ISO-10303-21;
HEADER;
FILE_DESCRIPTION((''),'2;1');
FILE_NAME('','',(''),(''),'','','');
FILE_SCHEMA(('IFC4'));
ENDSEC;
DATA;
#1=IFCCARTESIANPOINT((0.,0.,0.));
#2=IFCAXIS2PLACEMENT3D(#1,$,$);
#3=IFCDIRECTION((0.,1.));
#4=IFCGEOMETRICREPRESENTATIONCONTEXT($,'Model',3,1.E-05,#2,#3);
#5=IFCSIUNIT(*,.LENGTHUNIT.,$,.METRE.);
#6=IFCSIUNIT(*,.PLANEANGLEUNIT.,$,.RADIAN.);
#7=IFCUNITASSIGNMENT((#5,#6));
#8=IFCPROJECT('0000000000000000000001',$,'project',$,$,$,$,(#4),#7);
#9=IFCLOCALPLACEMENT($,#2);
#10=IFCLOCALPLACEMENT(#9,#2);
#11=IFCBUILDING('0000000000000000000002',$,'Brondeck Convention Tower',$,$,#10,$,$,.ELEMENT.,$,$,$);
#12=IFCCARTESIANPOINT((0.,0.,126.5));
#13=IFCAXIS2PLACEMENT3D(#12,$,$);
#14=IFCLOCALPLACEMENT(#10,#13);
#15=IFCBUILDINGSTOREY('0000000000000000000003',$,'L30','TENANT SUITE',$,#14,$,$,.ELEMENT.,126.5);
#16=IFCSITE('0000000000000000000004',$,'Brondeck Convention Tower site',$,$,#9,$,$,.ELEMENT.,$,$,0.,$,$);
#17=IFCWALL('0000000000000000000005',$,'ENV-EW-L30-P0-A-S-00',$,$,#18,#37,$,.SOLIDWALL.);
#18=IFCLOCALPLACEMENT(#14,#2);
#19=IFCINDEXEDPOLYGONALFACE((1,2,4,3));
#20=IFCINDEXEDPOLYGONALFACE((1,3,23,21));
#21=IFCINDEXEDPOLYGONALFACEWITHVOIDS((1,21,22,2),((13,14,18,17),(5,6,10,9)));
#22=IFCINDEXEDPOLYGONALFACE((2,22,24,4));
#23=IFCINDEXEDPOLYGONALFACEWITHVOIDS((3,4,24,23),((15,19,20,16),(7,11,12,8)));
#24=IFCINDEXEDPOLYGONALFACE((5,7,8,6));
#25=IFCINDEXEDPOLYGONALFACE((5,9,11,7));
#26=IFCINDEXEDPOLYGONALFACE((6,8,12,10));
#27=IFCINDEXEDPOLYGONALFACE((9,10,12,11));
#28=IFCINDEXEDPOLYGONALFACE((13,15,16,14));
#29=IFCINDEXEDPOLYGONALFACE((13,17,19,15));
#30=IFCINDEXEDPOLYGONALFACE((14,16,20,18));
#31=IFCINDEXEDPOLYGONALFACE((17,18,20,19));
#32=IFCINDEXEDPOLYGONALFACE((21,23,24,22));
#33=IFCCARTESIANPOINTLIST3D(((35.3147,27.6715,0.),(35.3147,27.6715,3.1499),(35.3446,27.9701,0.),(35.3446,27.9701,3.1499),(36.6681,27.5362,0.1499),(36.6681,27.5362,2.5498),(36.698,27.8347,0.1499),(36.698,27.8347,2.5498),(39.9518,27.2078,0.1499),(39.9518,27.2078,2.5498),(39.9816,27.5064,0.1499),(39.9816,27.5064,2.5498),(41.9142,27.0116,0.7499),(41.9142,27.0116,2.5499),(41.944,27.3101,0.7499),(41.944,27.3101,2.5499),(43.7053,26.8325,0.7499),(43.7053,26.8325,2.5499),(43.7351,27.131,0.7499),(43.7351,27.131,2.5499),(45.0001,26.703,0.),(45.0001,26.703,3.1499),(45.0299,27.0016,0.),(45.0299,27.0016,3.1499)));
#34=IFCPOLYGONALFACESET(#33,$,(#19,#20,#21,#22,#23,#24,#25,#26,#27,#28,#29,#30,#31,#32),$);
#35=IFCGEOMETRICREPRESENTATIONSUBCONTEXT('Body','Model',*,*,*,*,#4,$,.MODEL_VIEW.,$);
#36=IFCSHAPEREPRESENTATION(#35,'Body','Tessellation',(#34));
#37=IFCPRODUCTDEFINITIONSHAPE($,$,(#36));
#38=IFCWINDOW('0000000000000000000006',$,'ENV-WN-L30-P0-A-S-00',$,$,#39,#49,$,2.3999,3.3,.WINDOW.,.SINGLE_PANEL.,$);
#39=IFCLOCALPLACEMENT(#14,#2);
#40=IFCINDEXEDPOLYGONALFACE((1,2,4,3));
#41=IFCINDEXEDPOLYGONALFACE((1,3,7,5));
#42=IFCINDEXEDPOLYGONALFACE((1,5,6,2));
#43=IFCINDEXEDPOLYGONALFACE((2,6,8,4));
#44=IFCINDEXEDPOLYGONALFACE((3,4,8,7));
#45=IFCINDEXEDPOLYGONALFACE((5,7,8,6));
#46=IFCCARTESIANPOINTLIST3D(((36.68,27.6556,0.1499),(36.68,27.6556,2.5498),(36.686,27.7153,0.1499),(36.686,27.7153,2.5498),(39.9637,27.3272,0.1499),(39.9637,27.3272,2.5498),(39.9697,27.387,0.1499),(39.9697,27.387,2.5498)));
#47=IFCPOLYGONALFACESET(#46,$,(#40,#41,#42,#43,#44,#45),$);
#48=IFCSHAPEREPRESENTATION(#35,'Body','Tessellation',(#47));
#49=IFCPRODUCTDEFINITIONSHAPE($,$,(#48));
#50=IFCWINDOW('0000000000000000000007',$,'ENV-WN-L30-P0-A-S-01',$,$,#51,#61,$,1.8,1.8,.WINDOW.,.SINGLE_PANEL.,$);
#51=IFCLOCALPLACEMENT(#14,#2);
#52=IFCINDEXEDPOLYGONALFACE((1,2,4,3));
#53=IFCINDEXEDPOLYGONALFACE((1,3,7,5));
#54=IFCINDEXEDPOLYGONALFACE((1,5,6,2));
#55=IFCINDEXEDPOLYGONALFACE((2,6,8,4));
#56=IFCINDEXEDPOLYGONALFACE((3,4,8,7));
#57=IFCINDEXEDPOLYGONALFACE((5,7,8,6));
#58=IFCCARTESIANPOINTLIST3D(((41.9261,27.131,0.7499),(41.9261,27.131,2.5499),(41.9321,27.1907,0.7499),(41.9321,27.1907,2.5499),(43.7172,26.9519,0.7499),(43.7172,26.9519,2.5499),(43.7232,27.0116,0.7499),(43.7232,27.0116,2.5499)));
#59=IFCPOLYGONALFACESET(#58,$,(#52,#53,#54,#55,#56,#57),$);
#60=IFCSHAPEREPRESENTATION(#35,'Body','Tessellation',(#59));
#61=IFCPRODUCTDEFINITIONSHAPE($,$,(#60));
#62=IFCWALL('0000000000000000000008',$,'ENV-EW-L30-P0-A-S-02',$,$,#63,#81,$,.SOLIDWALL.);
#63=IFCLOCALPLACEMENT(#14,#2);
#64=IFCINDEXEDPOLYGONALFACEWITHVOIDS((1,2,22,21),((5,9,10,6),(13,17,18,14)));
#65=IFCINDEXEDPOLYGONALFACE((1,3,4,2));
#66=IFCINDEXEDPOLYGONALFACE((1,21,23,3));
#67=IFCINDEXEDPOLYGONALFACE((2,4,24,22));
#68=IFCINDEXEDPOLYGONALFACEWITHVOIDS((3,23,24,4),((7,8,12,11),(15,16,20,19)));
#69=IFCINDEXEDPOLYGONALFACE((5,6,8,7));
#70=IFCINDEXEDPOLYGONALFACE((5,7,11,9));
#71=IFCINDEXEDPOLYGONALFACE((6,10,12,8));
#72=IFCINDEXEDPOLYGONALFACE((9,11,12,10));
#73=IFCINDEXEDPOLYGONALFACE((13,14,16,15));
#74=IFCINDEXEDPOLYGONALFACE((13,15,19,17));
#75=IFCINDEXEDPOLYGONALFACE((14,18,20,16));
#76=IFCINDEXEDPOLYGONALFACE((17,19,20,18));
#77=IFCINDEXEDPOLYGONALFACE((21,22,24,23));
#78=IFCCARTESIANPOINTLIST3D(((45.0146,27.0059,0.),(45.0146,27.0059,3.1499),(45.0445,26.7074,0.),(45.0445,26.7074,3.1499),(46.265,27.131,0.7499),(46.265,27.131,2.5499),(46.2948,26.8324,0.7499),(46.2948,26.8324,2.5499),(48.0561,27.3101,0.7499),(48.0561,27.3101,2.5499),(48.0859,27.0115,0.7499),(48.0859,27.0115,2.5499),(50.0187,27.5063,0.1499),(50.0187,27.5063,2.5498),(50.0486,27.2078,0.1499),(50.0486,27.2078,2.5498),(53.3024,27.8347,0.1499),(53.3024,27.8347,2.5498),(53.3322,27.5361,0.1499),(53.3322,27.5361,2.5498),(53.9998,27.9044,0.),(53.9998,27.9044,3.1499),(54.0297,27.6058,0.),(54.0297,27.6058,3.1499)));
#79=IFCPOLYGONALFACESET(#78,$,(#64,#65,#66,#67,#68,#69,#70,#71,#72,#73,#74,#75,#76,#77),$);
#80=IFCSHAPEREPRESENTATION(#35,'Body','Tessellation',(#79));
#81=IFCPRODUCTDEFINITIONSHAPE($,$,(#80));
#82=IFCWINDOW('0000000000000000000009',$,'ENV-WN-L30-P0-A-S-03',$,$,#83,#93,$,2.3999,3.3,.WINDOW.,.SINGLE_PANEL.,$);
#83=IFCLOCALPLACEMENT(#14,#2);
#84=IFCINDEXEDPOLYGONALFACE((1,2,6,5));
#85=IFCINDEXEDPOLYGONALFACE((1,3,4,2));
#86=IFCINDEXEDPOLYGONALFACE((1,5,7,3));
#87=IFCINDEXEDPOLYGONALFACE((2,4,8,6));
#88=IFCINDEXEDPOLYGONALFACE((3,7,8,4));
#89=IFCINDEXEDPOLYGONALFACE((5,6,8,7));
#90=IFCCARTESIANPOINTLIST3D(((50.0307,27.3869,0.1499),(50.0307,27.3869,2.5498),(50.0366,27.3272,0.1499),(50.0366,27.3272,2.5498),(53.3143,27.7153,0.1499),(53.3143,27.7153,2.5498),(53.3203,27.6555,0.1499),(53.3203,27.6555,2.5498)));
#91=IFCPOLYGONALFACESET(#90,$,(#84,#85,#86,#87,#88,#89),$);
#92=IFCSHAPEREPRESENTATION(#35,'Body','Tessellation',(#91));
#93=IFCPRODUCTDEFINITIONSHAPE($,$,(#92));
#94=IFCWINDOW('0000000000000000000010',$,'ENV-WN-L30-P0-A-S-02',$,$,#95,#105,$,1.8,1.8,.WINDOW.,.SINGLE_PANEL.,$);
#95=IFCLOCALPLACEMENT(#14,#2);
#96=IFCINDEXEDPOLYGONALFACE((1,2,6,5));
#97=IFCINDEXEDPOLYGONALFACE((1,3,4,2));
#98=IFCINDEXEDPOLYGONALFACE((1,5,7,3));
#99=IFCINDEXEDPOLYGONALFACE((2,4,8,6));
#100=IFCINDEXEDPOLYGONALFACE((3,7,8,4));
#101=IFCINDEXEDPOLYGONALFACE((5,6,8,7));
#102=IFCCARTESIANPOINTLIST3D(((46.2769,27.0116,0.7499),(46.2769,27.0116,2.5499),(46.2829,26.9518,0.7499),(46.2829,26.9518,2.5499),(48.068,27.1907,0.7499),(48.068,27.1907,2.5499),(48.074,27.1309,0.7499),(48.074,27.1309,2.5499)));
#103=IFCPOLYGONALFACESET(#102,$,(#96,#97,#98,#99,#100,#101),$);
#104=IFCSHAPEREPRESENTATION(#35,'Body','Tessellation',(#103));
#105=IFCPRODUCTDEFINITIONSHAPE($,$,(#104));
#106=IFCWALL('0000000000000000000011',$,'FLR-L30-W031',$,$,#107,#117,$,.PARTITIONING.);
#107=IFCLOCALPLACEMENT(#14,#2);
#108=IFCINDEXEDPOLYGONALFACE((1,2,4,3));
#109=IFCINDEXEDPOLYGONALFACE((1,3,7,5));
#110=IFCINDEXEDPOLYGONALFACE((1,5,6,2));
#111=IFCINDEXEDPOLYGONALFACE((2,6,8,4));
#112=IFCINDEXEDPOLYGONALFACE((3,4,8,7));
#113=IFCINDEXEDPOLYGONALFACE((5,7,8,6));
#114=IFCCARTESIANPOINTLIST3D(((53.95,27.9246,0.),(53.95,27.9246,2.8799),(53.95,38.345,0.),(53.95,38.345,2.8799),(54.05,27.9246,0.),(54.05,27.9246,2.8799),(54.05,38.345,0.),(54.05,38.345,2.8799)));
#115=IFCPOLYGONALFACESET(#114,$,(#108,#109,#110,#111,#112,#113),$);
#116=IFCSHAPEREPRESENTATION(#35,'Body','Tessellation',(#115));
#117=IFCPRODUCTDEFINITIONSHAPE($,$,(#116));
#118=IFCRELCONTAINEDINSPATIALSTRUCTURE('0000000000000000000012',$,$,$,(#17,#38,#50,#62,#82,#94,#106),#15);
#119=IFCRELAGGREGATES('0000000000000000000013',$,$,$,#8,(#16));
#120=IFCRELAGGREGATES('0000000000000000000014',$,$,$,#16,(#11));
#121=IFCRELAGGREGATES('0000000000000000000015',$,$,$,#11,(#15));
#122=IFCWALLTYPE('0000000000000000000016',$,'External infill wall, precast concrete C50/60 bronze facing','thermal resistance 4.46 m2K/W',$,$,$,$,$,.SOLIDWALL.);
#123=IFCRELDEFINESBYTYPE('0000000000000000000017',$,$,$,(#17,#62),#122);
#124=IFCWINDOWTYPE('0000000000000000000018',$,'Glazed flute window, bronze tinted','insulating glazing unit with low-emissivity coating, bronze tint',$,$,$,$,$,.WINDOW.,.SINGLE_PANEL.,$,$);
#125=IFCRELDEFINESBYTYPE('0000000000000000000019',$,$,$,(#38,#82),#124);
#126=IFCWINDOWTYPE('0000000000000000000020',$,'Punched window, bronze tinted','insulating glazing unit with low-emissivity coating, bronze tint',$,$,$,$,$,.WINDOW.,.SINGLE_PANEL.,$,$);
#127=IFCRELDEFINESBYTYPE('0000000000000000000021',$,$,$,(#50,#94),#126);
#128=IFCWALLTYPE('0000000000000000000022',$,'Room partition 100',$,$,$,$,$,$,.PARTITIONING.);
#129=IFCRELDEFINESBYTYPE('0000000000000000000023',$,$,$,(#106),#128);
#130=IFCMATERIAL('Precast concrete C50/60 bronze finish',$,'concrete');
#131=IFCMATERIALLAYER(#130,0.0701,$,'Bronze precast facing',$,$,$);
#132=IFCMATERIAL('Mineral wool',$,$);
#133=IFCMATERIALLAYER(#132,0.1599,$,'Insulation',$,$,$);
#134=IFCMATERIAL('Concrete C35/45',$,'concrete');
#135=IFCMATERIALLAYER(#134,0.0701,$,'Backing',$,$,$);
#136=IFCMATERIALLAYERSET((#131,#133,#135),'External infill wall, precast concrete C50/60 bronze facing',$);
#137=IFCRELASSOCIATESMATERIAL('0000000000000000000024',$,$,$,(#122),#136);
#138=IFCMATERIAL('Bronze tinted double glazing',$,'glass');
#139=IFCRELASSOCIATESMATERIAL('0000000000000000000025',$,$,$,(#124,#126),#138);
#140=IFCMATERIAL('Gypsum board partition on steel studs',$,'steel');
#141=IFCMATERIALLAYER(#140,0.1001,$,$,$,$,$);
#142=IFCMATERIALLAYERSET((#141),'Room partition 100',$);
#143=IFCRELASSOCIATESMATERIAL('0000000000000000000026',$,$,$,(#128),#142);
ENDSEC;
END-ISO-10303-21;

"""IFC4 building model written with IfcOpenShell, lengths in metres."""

from ifc_helpers import new_model, si_unit, direction, frame, frame_2d, origin, place, context, subcontext, project, spatial, rectangle, extrude, material, layer, layer_set, type_object, element, fill, save


model = new_model("IFC4")

# Units and contexts
model_context = context("Model", 3, precision=1e-05, world=origin(), true_north=direction((0.0, 1.0)))
body_context = subcontext(model_context, "Body", "Model", "MODEL_VIEW")
ifc_project = project(units=[si_unit("LENGTHUNIT", "METRE"), si_unit("PLANEANGLEUNIT", "RADIAN")], contexts=[model_context])

# Site, building, storey
site_placement = place(None, origin())
site = spatial("IfcSite", under=ifc_project, at=site_placement, Name="Brondeck Convention Tower site", CompositionType="ELEMENT", RefElevation=0.0)
building_placement = place(site_placement, origin())
building = spatial("IfcBuilding", under=site, at=building_placement, Name="Brondeck Convention Tower", CompositionType="ELEMENT")
storey_placement = place(building_placement, frame((0.0, 0.0, 126.5)))
storey = spatial("IfcBuildingStorey", under=building, at=storey_placement, Name="L30", Description="TENANT SUITE", CompositionType="ELEMENT", Elevation=126.5)

# Walls, openings, windows
ifc_material_1 = material(Name="Precast concrete C50/60 bronze finish", Category="concrete")
ifc_layer_1 = layer(ifc_material_1, 0.0701, Name="Bronze precast facing")
ifc_material_2 = material(Name="Mineral wool")
ifc_layer_2 = layer(ifc_material_2, 0.1599, Name="Insulation")
ifc_material_3 = material(Name="Concrete C35/45", Category="concrete")
ifc_layer_3 = layer(ifc_material_3, 0.0701, Name="Backing")
ifc_layer_set_1 = layer_set([ifc_layer_1, ifc_layer_2, ifc_layer_3], Name="External infill wall, precast concrete C50/60 bronze facing")
wall_type_1 = type_object("IfcWallType", Name="External infill wall, precast concrete C50/60 bronze facing", Description="thermal resistance 4.46 m2K/W", PredefinedType="SOLIDWALL", material=ifc_layer_set_1)
wall_1_placement = place(storey_placement, frame((45.0149, 26.8523, 0.0), z_axis=(0.0, 0.0, 1.0), x_axis=(-0.995037, 0.099501, 0.0)))
wall_1 = element("IfcWall", 1, at=wall_1_placement, inside=storey, type_object=wall_type_1, Name="ENV-EW-L30-P0-A-S-00", PredefinedType="SOLIDWALL", context=body_context, shape_type="SweptSolid", body=[
    extrude(rectangle(XDim=9.7336, YDim=0.3, at=frame_2d((4.8667, 0.0))), origin(), (0.0, 0.0, 1.0), 3.1499),
])
opening_1_placement = place(wall_1_placement, frame((1.3013, 0.0, 0.75)))
opening_1 = element("IfcOpeningElement", 2, at=opening_1_placement, cuts=wall_1, PredefinedType="OPENING", context=body_context, shape_type="SweptSolid", body=[
    extrude(rectangle(XDim=1.8, YDim=1.8, at=frame_2d((0.8999, 0.8999))), frame((0.0, 0.1599, 0.0), z_axis=(0.0, -1.0, 0.0), x_axis=(1.0, 0.0, 0.0)), (0.0, 0.0, 1.0), 0.3201),
])
opening_2_placement = place(wall_1_placement, frame((5.0735, 0.0, 0.1499)))
opening_2 = element("IfcOpeningElement", 3, at=opening_2_placement, cuts=wall_1, PredefinedType="OPENING", context=body_context, shape_type="SweptSolid", body=[
    extrude(rectangle(XDim=3.3, YDim=2.3999, at=frame_2d((1.6499, 1.2))), frame((0.0, 0.1599, 0.0), z_axis=(0.0, -1.0, 0.0), x_axis=(1.0, 0.0, 0.0)), (0.0, 0.0, 1.0), 0.3201),
])
ifc_material_4 = material(Name="Bronze tinted double glazing", Category="glass")
window_type_1 = type_object("IfcWindowType", Name="Glazed flute window, bronze tinted", Description="insulating glazing unit with low-emissivity coating, bronze tint", PartitioningType="SINGLE_PANEL", PredefinedType="WINDOW", material=ifc_material_4)
window_1_placement = place(opening_2_placement, origin())
window_1 = element("IfcWindow", 4, at=window_1_placement, inside=storey, type_object=window_type_1, Name="ENV-WN-L30-P0-A-S-00", OverallHeight=2.3999, OverallWidth=3.3, PartitioningType="SINGLE_PANEL", PredefinedType="WINDOW", context=body_context, shape_type="SweptSolid", body=[
    extrude(rectangle(XDim=3.3, YDim=2.3999, at=frame_2d((1.6499, 1.2))), frame((0.0, 0.03, 0.0), z_axis=(0.0, -1.0, 0.0), x_axis=(1.0, 0.0, 0.0)), (0.0, 0.0, 1.0), 0.0601),
])
fill(opening_2, window_1)
window_type_2 = type_object("IfcWindowType", Name="Punched window, bronze tinted", Description="insulating glazing unit with low-emissivity coating, bronze tint", PartitioningType="SINGLE_PANEL", PredefinedType="WINDOW", material=ifc_material_4)
window_2_placement = place(opening_1_placement, origin())
window_2 = element("IfcWindow", 5, at=window_2_placement, inside=storey, type_object=window_type_2, Name="ENV-WN-L30-P0-A-S-01", OverallHeight=1.8, OverallWidth=1.8, PartitioningType="SINGLE_PANEL", PredefinedType="WINDOW", context=body_context, shape_type="SweptSolid", body=[
    extrude(rectangle(XDim=1.8, YDim=1.8, at=frame_2d((0.8999, 0.8999))), frame((0.0, 0.03, 0.0), z_axis=(0.0, -1.0, 0.0), x_axis=(1.0, 0.0, 0.0)), (0.0, 0.0, 1.0), 0.0601),
])
fill(opening_1, window_2)
wall_2_placement = place(storey_placement, frame((54.0149, 27.7551, 0.0), z_axis=(0.0, 0.0, 1.0), x_axis=(-0.995038, -0.099496, 0.0)))
wall_2 = element("IfcWall", 6, at=wall_2_placement, inside=storey, type_object=wall_type_1, Name="ENV-EW-L30-P0-A-S-02", PredefinedType="SOLIDWALL", context=body_context, shape_type="SweptSolid", body=[
    extrude(rectangle(XDim=9.03, YDim=0.3, at=frame_2d((4.5151, 0.0))), origin(), (0.0, 0.0, 1.0), 3.1499),
])
opening_3_placement = place(wall_2_placement, frame((0.7012, 0.0, 0.1499)))
opening_3 = element("IfcOpeningElement", 7, at=opening_3_placement, cuts=wall_2, PredefinedType="OPENING", context=body_context, shape_type="SweptSolid", body=[
    extrude(rectangle(XDim=3.3, YDim=2.3999, at=frame_2d((1.6499, 1.2))), frame((0.0, 0.1599, 0.0), z_axis=(0.0, -1.0, 0.0), x_axis=(1.0, 0.0, 0.0)), (0.0, 0.0, 1.0), 0.3201),
])
opening_4_placement = place(wall_2_placement, frame((5.9736, 0.0, 0.75)))
opening_4 = element("IfcOpeningElement", 8, at=opening_4_placement, cuts=wall_2, PredefinedType="OPENING", context=body_context, shape_type="SweptSolid", body=[
    extrude(rectangle(XDim=1.8, YDim=1.8, at=frame_2d((0.8999, 0.8999))), frame((0.0, 0.1599, 0.0), z_axis=(0.0, -1.0, 0.0), x_axis=(1.0, 0.0, 0.0)), (0.0, 0.0, 1.0), 0.3201),
])
window_3_placement = place(opening_3_placement, origin())
window_3 = element("IfcWindow", 9, at=window_3_placement, inside=storey, type_object=window_type_1, Name="ENV-WN-L30-P0-A-S-03", OverallHeight=2.3999, OverallWidth=3.3, PartitioningType="SINGLE_PANEL", PredefinedType="WINDOW", context=body_context, shape_type="SweptSolid", body=[
    extrude(rectangle(XDim=3.3, YDim=2.3999, at=frame_2d((1.6499, 1.2))), frame((0.0, 0.03, 0.0), z_axis=(0.0, -1.0, 0.0), x_axis=(1.0, 0.0, 0.0)), (0.0, 0.0, 1.0), 0.0601),
])
fill(opening_3, window_3)
window_4_placement = place(opening_4_placement, origin())
window_4 = element("IfcWindow", 10, at=window_4_placement, inside=storey, type_object=window_type_2, Name="ENV-WN-L30-P0-A-S-02", OverallHeight=1.8, OverallWidth=1.8, PartitioningType="SINGLE_PANEL", PredefinedType="WINDOW", context=body_context, shape_type="SweptSolid", body=[
    extrude(rectangle(XDim=1.8, YDim=1.8, at=frame_2d((0.8999, 0.8999))), frame((0.0, 0.03, 0.0), z_axis=(0.0, -1.0, 0.0), x_axis=(1.0, 0.0, 0.0)), (0.0, 0.0, 1.0), 0.0601),
])
fill(opening_4, window_4)

# Wall
ifc_material_5 = material(Name="Gypsum board partition on steel studs", Category="steel")
ifc_layer_4 = layer(ifc_material_5, 0.1001)
ifc_layer_set_2 = layer_set([ifc_layer_4], Name="Room partition 100")
wall_type_2 = type_object("IfcWallType", Name="Room partition 100", PredefinedType="PARTITIONING", material=ifc_layer_set_2)
wall_3_placement = place(storey_placement, frame((54.0, 38.345, 0.0), z_axis=(0.0, 0.0, 1.0), x_axis=(0.0, -1.0, 0.0)))
element("IfcWall", 11, at=wall_3_placement, inside=storey, type_object=wall_type_2, Name="FLR-L30-W031", PredefinedType="PARTITIONING", context=body_context, shape_type="SweptSolid", body=[
    extrude(rectangle(XDim=10.4204, YDim=0.1001, at=frame_2d((5.2102, 0.0))), origin(), (0.0, 0.0, 1.0), 2.8799),
])

save(model, "model.ifc")
